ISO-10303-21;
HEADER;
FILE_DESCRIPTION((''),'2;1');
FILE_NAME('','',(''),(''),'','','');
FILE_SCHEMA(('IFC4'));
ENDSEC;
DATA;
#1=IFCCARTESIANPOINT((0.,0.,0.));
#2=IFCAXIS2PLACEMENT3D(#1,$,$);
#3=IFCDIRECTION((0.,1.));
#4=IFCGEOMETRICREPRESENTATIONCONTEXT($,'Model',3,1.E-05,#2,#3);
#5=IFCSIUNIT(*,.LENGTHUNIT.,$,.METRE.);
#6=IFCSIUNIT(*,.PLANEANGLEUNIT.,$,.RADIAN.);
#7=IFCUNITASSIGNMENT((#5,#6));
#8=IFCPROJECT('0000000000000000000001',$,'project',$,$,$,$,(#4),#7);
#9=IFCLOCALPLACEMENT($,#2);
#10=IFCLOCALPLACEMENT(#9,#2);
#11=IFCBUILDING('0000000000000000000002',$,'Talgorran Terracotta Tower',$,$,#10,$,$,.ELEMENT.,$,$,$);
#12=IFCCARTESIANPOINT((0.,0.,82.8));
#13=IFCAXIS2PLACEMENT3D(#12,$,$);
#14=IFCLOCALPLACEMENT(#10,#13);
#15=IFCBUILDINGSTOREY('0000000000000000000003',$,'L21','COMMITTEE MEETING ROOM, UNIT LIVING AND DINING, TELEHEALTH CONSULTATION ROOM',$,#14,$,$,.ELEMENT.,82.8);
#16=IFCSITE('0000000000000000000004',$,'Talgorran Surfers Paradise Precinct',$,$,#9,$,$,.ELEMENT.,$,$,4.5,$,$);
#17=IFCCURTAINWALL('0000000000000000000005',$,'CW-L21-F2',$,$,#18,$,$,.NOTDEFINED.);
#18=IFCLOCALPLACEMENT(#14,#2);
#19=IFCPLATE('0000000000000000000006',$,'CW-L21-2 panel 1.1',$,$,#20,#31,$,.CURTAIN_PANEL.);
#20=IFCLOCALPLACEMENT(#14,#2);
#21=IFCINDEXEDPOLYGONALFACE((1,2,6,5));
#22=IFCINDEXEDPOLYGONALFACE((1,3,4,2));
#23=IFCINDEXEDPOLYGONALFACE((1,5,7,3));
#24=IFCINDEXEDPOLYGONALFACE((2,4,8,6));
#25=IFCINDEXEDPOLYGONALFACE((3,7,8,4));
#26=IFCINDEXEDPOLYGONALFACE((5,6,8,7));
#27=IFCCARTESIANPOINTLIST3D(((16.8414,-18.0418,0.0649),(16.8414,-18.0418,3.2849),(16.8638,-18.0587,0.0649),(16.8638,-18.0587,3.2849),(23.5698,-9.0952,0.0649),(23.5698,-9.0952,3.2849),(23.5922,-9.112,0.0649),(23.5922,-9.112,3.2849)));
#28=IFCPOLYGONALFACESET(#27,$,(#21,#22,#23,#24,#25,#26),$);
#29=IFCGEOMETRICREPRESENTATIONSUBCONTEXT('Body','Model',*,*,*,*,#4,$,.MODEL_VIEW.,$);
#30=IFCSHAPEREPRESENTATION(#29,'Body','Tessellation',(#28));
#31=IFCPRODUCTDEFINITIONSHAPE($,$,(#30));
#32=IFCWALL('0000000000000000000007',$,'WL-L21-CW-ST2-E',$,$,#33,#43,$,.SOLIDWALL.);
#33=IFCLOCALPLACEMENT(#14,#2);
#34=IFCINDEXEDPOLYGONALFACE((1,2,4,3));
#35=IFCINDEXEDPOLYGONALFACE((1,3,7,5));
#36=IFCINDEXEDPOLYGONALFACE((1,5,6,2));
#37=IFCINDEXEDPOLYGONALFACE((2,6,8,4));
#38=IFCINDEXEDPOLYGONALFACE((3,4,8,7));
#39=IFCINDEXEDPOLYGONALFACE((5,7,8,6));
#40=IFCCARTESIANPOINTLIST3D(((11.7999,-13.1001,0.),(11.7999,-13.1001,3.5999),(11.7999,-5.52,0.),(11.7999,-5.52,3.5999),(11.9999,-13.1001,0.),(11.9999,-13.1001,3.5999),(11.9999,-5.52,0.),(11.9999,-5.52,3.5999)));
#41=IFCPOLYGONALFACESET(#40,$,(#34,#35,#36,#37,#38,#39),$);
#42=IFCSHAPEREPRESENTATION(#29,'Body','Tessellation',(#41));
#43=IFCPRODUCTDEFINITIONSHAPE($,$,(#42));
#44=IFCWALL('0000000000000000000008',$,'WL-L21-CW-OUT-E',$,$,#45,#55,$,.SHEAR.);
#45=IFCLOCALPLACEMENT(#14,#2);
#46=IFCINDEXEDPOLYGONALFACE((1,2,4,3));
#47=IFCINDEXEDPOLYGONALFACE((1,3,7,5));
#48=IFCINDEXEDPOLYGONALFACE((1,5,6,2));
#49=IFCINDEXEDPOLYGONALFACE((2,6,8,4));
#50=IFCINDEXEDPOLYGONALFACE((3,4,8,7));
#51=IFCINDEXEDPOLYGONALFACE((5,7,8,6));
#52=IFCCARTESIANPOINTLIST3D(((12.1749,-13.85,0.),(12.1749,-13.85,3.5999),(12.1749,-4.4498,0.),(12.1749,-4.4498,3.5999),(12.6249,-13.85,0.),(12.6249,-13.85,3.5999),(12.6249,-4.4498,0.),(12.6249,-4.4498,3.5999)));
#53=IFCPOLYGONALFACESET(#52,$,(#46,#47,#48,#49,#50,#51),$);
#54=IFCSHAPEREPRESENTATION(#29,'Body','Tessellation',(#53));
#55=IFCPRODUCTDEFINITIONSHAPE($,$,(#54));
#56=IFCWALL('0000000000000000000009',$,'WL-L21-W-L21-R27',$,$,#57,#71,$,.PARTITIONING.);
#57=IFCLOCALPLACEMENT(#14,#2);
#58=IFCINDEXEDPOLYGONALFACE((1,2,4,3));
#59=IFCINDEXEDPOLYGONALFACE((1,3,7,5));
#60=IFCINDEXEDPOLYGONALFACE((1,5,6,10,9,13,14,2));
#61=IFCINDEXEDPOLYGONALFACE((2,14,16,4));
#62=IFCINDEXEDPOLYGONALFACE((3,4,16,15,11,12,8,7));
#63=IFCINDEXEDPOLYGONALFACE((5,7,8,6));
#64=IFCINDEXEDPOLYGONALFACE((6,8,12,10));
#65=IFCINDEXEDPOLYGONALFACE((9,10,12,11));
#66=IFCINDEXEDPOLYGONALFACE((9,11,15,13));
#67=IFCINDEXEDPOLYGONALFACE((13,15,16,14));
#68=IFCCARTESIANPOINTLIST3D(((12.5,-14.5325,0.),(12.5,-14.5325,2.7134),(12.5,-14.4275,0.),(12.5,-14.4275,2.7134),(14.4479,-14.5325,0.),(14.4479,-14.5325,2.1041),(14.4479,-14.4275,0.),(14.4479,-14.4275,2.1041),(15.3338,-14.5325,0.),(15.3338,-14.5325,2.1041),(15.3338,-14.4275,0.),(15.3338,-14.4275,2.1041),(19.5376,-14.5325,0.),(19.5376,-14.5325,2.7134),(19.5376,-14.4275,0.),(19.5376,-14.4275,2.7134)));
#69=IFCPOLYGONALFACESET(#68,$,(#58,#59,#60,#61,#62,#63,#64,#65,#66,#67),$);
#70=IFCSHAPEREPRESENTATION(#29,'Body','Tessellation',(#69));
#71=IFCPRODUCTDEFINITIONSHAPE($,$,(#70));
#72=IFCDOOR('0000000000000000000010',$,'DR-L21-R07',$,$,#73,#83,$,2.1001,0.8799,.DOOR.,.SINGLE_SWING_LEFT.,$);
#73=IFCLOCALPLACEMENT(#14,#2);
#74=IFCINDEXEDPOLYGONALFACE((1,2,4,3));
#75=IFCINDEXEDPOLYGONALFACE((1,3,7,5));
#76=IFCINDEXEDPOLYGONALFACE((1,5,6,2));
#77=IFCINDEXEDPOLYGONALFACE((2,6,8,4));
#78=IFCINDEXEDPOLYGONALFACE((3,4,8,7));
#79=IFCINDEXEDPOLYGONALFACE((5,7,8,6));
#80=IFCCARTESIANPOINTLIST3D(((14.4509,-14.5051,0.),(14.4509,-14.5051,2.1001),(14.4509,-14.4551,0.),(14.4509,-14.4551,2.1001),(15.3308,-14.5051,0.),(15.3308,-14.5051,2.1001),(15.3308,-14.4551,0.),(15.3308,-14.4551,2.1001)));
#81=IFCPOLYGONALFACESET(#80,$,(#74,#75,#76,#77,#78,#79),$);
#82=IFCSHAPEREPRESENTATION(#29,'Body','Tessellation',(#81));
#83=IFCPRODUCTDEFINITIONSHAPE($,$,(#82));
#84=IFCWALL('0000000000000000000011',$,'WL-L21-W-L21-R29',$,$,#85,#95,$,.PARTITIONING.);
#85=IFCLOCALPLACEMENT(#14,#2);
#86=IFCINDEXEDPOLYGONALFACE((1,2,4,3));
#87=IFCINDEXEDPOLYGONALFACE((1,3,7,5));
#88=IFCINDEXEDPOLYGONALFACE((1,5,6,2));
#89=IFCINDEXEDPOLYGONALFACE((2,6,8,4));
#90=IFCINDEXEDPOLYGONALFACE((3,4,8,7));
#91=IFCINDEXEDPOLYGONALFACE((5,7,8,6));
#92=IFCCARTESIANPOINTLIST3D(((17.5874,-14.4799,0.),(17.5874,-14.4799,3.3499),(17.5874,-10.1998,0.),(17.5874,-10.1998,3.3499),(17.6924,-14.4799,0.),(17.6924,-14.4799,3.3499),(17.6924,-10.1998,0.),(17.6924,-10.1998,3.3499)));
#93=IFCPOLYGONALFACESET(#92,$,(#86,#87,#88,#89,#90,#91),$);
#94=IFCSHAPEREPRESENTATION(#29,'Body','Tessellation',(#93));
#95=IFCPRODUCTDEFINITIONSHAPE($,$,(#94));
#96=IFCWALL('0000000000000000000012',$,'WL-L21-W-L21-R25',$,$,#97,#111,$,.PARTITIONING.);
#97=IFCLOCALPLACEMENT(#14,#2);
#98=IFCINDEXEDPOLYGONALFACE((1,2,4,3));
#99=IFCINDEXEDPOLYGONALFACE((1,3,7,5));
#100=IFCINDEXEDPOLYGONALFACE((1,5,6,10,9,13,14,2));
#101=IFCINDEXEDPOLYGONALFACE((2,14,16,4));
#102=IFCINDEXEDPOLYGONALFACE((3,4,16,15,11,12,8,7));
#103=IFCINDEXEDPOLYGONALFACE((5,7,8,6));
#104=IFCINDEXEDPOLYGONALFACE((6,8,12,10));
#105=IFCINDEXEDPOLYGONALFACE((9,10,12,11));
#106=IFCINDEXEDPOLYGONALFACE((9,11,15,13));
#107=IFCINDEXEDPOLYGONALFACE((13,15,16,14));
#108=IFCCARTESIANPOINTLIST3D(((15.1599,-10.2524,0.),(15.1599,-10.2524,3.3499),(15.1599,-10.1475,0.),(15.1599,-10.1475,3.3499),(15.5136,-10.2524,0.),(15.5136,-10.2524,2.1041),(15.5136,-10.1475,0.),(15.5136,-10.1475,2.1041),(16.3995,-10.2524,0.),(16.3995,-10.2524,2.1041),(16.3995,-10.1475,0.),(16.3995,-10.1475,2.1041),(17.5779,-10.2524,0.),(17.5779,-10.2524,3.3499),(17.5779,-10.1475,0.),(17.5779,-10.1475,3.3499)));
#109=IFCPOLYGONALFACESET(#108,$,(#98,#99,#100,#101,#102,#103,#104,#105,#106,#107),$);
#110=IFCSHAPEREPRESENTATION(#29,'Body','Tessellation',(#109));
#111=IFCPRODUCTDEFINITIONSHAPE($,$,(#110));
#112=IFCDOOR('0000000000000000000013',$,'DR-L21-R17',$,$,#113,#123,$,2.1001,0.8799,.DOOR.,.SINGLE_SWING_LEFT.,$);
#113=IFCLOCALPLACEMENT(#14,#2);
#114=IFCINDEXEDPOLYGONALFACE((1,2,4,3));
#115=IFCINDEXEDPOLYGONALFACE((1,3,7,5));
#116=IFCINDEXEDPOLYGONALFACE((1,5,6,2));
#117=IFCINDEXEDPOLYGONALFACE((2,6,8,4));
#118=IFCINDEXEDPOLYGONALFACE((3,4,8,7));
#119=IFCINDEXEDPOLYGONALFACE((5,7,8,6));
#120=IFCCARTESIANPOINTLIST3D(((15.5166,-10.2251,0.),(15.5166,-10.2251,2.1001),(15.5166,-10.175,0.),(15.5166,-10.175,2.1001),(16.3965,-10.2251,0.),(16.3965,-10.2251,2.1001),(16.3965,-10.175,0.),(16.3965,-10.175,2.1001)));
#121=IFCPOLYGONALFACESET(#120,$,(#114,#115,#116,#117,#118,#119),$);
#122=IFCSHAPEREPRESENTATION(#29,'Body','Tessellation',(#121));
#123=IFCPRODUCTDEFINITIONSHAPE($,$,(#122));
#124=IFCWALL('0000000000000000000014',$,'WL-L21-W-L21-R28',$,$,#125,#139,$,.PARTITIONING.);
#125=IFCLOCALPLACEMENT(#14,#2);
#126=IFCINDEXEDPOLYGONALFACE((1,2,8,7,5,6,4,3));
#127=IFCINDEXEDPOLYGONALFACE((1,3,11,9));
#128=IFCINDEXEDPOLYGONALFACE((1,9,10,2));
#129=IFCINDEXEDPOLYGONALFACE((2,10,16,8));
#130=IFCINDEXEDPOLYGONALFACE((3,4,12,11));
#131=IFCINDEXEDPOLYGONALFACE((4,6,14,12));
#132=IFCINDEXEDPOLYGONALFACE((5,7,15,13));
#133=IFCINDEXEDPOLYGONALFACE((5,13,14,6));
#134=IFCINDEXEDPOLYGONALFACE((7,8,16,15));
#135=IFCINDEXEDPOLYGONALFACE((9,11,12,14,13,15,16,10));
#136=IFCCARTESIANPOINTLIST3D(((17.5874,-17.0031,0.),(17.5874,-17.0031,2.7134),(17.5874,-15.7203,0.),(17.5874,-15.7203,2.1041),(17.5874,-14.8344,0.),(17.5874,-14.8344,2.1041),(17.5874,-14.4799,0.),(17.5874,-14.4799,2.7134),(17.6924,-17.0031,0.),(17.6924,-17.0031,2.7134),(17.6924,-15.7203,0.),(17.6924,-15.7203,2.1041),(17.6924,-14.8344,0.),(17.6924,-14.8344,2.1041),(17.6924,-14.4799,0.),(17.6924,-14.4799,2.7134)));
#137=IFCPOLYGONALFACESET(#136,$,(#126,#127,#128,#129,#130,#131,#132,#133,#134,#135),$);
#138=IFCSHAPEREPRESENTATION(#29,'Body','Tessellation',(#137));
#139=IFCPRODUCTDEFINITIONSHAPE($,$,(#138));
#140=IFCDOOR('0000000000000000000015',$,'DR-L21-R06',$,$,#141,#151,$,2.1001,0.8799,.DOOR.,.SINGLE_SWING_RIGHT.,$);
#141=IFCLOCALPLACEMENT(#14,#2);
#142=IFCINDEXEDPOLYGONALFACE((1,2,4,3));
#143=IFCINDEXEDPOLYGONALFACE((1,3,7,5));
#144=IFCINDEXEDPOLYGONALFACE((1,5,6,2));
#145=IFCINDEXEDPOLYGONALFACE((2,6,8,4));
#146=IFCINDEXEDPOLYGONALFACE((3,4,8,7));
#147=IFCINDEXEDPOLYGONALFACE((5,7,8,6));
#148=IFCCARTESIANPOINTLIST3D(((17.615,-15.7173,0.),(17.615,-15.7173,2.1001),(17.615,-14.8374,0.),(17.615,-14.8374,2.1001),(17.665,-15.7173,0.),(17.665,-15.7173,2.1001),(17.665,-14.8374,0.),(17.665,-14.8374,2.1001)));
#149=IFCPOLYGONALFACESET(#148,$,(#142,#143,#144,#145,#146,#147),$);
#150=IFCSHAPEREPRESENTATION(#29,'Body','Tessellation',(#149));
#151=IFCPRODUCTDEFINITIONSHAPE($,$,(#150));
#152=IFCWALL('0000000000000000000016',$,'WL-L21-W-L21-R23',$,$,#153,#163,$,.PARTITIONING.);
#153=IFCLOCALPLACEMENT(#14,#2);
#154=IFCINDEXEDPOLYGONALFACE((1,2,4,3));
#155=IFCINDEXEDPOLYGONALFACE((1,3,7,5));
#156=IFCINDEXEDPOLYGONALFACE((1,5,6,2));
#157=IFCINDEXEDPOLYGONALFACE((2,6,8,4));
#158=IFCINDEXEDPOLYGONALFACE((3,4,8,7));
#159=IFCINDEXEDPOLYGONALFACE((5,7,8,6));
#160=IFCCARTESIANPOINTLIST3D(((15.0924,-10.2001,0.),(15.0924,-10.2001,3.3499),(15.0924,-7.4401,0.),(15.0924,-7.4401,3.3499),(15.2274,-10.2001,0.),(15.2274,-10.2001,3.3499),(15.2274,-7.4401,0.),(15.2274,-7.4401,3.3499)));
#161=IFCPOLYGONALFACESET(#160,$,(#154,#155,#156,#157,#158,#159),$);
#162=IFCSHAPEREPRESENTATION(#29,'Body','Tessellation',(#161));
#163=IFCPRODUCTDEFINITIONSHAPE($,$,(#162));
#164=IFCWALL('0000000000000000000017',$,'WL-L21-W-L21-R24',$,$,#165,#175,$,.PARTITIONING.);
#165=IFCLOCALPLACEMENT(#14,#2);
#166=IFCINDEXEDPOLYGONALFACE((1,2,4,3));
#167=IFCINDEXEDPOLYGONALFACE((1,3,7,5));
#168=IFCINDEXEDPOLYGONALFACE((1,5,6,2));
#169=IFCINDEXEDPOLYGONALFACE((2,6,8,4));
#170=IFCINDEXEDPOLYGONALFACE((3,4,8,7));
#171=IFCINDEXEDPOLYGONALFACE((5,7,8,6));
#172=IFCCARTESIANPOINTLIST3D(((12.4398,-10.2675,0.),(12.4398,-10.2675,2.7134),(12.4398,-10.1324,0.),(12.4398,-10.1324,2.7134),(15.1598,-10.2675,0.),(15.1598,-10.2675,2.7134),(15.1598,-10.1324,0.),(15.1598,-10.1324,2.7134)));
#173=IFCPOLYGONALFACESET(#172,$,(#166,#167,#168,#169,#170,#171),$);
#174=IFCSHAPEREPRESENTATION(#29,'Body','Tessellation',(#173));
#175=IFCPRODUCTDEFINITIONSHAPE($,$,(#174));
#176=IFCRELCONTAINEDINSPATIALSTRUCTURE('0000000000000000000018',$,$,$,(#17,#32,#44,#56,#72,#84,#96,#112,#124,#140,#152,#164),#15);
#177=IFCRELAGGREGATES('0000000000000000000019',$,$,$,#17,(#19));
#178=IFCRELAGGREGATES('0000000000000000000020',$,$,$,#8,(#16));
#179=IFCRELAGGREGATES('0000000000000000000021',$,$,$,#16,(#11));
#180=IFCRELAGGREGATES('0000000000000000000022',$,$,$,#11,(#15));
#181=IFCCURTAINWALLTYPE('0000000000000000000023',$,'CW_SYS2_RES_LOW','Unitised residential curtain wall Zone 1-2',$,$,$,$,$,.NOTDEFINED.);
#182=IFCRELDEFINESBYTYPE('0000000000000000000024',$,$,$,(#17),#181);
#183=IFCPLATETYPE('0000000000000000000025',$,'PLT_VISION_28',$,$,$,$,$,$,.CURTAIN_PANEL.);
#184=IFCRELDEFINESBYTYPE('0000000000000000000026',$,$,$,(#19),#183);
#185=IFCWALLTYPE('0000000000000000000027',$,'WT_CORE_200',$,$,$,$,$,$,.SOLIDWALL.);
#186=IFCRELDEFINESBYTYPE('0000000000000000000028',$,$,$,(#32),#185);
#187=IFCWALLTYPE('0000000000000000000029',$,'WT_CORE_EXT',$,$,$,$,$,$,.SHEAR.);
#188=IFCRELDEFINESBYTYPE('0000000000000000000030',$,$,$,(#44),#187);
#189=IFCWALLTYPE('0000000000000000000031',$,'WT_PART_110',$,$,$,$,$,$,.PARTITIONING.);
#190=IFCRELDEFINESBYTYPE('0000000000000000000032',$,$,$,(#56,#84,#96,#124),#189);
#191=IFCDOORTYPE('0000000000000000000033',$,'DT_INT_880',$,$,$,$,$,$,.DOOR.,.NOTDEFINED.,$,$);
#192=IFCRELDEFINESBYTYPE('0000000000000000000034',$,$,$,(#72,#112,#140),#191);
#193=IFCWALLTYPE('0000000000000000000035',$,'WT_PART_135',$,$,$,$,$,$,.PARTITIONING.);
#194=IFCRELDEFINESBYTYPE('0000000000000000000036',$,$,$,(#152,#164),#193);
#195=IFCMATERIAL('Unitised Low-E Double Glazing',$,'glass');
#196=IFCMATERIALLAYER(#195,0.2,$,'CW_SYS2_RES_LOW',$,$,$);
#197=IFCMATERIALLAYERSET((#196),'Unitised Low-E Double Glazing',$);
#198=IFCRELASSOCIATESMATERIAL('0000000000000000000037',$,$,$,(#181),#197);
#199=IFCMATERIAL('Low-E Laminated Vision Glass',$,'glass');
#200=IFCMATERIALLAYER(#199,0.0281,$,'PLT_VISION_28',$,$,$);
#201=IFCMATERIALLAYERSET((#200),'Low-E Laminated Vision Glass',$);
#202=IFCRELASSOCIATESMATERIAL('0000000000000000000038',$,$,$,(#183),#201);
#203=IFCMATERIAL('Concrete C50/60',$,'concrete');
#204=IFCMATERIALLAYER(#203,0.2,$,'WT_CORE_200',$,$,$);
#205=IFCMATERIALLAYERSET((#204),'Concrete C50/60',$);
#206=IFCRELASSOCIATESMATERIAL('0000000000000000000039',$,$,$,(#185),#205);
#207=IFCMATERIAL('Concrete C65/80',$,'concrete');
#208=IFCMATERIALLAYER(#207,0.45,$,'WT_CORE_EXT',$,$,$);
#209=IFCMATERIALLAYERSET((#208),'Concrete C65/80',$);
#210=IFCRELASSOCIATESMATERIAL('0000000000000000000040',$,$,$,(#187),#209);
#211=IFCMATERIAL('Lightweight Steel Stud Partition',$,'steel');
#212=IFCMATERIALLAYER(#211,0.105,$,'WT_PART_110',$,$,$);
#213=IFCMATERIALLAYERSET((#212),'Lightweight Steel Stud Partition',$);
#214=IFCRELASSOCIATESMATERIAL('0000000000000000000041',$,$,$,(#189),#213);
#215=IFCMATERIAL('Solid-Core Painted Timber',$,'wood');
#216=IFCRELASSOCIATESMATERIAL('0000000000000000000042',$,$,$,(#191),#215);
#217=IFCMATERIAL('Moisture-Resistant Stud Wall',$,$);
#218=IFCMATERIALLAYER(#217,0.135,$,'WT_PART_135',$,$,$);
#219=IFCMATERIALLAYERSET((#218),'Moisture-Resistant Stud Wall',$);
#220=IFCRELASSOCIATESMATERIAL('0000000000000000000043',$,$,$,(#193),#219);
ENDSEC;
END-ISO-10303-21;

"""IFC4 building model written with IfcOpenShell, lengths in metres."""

from ifc_helpers import new_model, si_unit, direction, frame, frame_2d, origin, origin_2d, place, context, subcontext, project, spatial, rectangle, extrude, source, transform, mapped, material, layer, layer_set, type_object, element, fill, aggregate, save


model = new_model("IFC4")

# Units and contexts
model_context = context("Model", 3, precision=1e-05, world=origin(), true_north=direction((0.0, 1.0)))
body_context = subcontext(model_context, "Body", "Model", "MODEL_VIEW")
ifc_project = project(units=[si_unit("LENGTHUNIT", "METRE"), si_unit("PLANEANGLEUNIT", "RADIAN")], contexts=[model_context])

# Site, building, storey
site_placement = place(None, origin())
site = spatial("IfcSite", under=ifc_project, at=site_placement, Name="Talgorran Surfers Paradise Precinct", CompositionType="ELEMENT", RefElevation=4.5)
building_placement = place(site_placement, origin())
building = spatial("IfcBuilding", under=site, at=building_placement, Name="Talgorran Terracotta Tower", CompositionType="ELEMENT")
storey_placement = place(building_placement, frame((0.0, 0.0, 82.8)))
storey = spatial("IfcBuildingStorey", under=building, at=storey_placement, Name="L21", Description="COMMITTEE MEETING ROOM, UNIT LIVING AND DINING, TELEHEALTH CONSULTATION ROOM", CompositionType="ELEMENT", Elevation=82.8)

# Shared definitions
ifc_material_1 = material(Name="Unitised Low-E Double Glazing", Category="glass")
ifc_layer_1 = layer(ifc_material_1, 0.2, Name="CW_SYS2_RES_LOW")
ifc_layer_set_1 = layer_set([ifc_layer_1], Name="Unitised Low-E Double Glazing")
curtain_wall_type = type_object("IfcCurtainWallType", Name="CW_SYS2_RES_LOW", Description="Unitised residential curtain wall Zone 1-2", PredefinedType="NOTDEFINED", material=ifc_layer_set_1)

# Curtain wall
curtain_wall_1_placement = place(storey_placement, origin())
curtain_wall_1 = element("IfcCurtainWall", 1, at=curtain_wall_1_placement, inside=storey, type_object=curtain_wall_type, Name="CW-L21-F2", PredefinedType="NOTDEFINED")

# Plate
ifc_material_2 = material(Name="Low-E Laminated Vision Glass", Category="glass")
ifc_layer_2 = layer(ifc_material_2, 0.0281, Name="PLT_VISION_28")
ifc_layer_set_2 = layer_set([ifc_layer_2], Name="Low-E Laminated Vision Glass")
plate_type = type_object("IfcPlateType", Name="PLT_VISION_28", PredefinedType="CURTAIN_PANEL", material=ifc_layer_set_2)
shared_shape_1 = source(origin(), body_context, "Body", "SweptSolid", [
    extrude(rectangle(XDim=11.1943, YDim=0.0281, at=origin_2d()), origin(), (0.0, 0.0, 1.0), 3.22),
])
plate_1_placement = place(storey_placement, frame((20.2168, -13.5769, 0.0649), z_axis=(0.0, 0.0, 1.0), x_axis=(0.601052, 0.79921, 0.0)))
plate_1 = element("IfcPlate", 2, at=plate_1_placement, type_object=plate_type, Name="CW-L21-2 panel 1.1", PredefinedType="CURTAIN_PANEL", context=body_context, shape_type="MappedRepresentation", body=[
    mapped(shared_shape_1, transform((0.0, 0.0, 0.0), scale=1.0)),
])
aggregate(curtain_wall_1, [plate_1])

# Walls
ifc_material_3 = material(Name="Concrete C50/60", Category="concrete")
ifc_layer_3 = layer(ifc_material_3, 0.2, Name="WT_CORE_200")
ifc_layer_set_3 = layer_set([ifc_layer_3], Name="Concrete C50/60")
wall_type_1 = type_object("IfcWallType", Name="WT_CORE_200", PredefinedType="SOLIDWALL", material=ifc_layer_set_3)
wall_1_placement = place(storey_placement, frame((11.8999, -13.1001, 0.0), z_axis=(0.0, 0.0, 1.0), x_axis=(0.0, 1.0, 0.0)))
element("IfcWall", 3, at=wall_1_placement, inside=storey, type_object=wall_type_1, Name="WL-L21-CW-ST2-E", PredefinedType="SOLIDWALL", context=body_context, shape_type="SweptSolid", body=[
    extrude(rectangle(XDim=7.5801, YDim=0.2, at=frame_2d((3.79, 0.0))), origin(), (0.0, 0.0, 1.0), 3.5999),
])
ifc_material_4 = material(Name="Concrete C65/80", Category="concrete")
ifc_layer_4 = layer(ifc_material_4, 0.45, Name="WT_CORE_EXT")
ifc_layer_set_4 = layer_set([ifc_layer_4], Name="Concrete C65/80")
wall_type_2 = type_object("IfcWallType", Name="WT_CORE_EXT", PredefinedType="SHEAR", material=ifc_layer_set_4)
wall_2_placement = place(storey_placement, frame((12.3999, -13.8501, 0.0), z_axis=(0.0, 0.0, 1.0), x_axis=(0.0, 1.0, 0.0)))
element("IfcWall", 4, at=wall_2_placement, inside=storey, type_object=wall_type_2, Name="WL-L21-CW-OUT-E", PredefinedType="SHEAR", context=body_context, shape_type="SweptSolid", body=[
    extrude(rectangle(XDim=9.4001, YDim=0.45, at=frame_2d((4.7002, 0.0))), origin(), (0.0, 0.0, 1.0), 3.5999),
])

# Wall, opening, door
ifc_material_5 = material(Name="Lightweight Steel Stud Partition", Category="steel")
ifc_layer_5 = layer(ifc_material_5, 0.105, Name="WT_PART_110")
ifc_layer_set_5 = layer_set([ifc_layer_5], Name="Lightweight Steel Stud Partition")
wall_type_3 = type_object("IfcWallType", Name="WT_PART_110", PredefinedType="PARTITIONING", material=ifc_layer_set_5)
wall_3_placement = place(storey_placement, frame((12.5, -14.48, 0.0), z_axis=(0.0, 0.0, 1.0), x_axis=(1.0, 0.0, 0.0)))
wall_3 = element("IfcWall", 5, at=wall_3_placement, inside=storey, type_object=wall_type_3, Name="WL-L21-W-L21-R27", PredefinedType="PARTITIONING", context=body_context, shape_type="SweptSolid", body=[
    extrude(rectangle(XDim=7.0376, YDim=0.105, at=frame_2d((3.5188, 0.0))), origin(), (0.0, 0.0, 1.0), 2.7134),
])
opening_1_placement = place(wall_3_placement, frame((1.9509, 0.0, 0.0)))
opening_1 = element("IfcOpeningElement", 6, at=opening_1_placement, cuts=wall_3, PredefinedType="OPENING", context=body_context, shape_type="SweptSolid", body=[
    extrude(rectangle(XDim=0.8859, YDim=2.1041, at=frame_2d((0.4399, 1.052))), frame((0.0, 0.0625, 0.0), z_axis=(0.0, -1.0, 0.0), x_axis=(1.0, 0.0, 0.0)), (0.0, 0.0, 1.0), 0.125),
])
ifc_material_6 = material(Name="Solid-Core Painted Timber", Category="wood")
door_type = type_object("IfcDoorType", Name="DT_INT_880", OperationType="NOTDEFINED", PredefinedType="DOOR", material=ifc_material_6)
door_1_placement = place(opening_1_placement, origin())
door_1 = element("IfcDoor", 7, at=door_1_placement, inside=storey, type_object=door_type, Name="DR-L21-R07", OperationType="SINGLE_SWING_LEFT", OverallHeight=2.1001, OverallWidth=0.8799, PredefinedType="DOOR", context=body_context, shape_type="SweptSolid", body=[
    extrude(rectangle(XDim=0.8799, YDim=2.1001, at=frame_2d((0.4399, 1.05))), frame((0.0, 0.0249, 0.0), z_axis=(0.0, -1.0, 0.0), x_axis=(1.0, 0.0, 0.0)), (0.0, 0.0, 1.0), 0.05),
])
fill(opening_1, door_1)

# Wall
wall_4_placement = place(storey_placement, frame((17.6399, -14.48, 0.0), z_axis=(0.0, 0.0, 1.0), x_axis=(0.0, 1.0, 0.0)))
element("IfcWall", 8, at=wall_4_placement, inside=storey, type_object=wall_type_3, Name="WL-L21-W-L21-R29", PredefinedType="PARTITIONING", context=body_context, shape_type="SweptSolid", body=[
    extrude(rectangle(XDim=4.28, YDim=0.105, at=frame_2d((2.1401, 0.0))), origin(), (0.0, 0.0, 1.0), 3.3499),
])

# Walls, openings, doors
wall_5_placement = place(storey_placement, frame((15.1599, -10.2, 0.0), z_axis=(0.0, 0.0, 1.0), x_axis=(1.0, 0.0, 0.0)))
wall_5 = element("IfcWall", 9, at=wall_5_placement, inside=storey, type_object=wall_type_3, Name="WL-L21-W-L21-R25", PredefinedType="PARTITIONING", context=body_context, shape_type="SweptSolid", body=[
    extrude(rectangle(XDim=2.418, YDim=0.105, at=frame_2d((1.209, 0.0))), origin(), (0.0, 0.0, 1.0), 3.3499),
])
opening_2_placement = place(wall_5_placement, frame((0.3567, 0.0, 0.0)))
opening_2 = element("IfcOpeningElement", 10, at=opening_2_placement, cuts=wall_5, PredefinedType="OPENING", context=body_context, shape_type="SweptSolid", body=[
    extrude(rectangle(XDim=0.8859, YDim=2.1041, at=frame_2d((0.4399, 1.052))), frame((0.0, 0.0625, 0.0), z_axis=(0.0, -1.0, 0.0), x_axis=(1.0, 0.0, 0.0)), (0.0, 0.0, 1.0), 0.125),
])
door_2_placement = place(opening_2_placement, origin())
door_2 = element("IfcDoor", 11, at=door_2_placement, inside=storey, type_object=door_type, Name="DR-L21-R17", OperationType="SINGLE_SWING_LEFT", OverallHeight=2.1001, OverallWidth=0.8799, PredefinedType="DOOR", context=body_context, shape_type="SweptSolid", body=[
    extrude(rectangle(XDim=0.8799, YDim=2.1001, at=frame_2d((0.4399, 1.05))), frame((0.0, 0.0249, 0.0), z_axis=(0.0, -1.0, 0.0), x_axis=(1.0, 0.0, 0.0)), (0.0, 0.0, 1.0), 0.05),
])
fill(opening_2, door_2)
wall_6_placement = place(storey_placement, frame((17.6399, -17.0032, 0.0), z_axis=(0.0, 0.0, 1.0), x_axis=(0.0, 1.0, 0.0)))
wall_6 = element("IfcWall", 12, at=wall_6_placement, inside=storey, type_object=wall_type_3, Name="WL-L21-W-L21-R28", PredefinedType="PARTITIONING", context=body_context, shape_type="SweptSolid", body=[
    extrude(rectangle(XDim=2.5232, YDim=0.105, at=frame_2d((1.2617, 0.0))), origin(), (0.0, 0.0, 1.0), 2.7134),
])
opening_3_placement = place(wall_6_placement, frame((1.2859, 0.0, 0.0)))
opening_3 = element("IfcOpeningElement", 13, at=opening_3_placement, cuts=wall_6, PredefinedType="OPENING", context=body_context, shape_type="SweptSolid", body=[
    extrude(rectangle(XDim=0.8859, YDim=2.1041, at=frame_2d((0.4399, 1.052))), frame((0.0, 0.0625, 0.0), z_axis=(0.0, -1.0, 0.0), x_axis=(1.0, 0.0, 0.0)), (0.0, 0.0, 1.0), 0.125),
])
door_3_placement = place(opening_3_placement, origin())
door_3 = element("IfcDoor", 14, at=door_3_placement, inside=storey, type_object=door_type, Name="DR-L21-R06", OperationType="SINGLE_SWING_RIGHT", OverallHeight=2.1001, OverallWidth=0.8799, PredefinedType="DOOR", context=body_context, shape_type="SweptSolid", body=[
    extrude(rectangle(XDim=0.8799, YDim=2.1001, at=frame_2d((0.4399, 1.05))), frame((0.0, 0.0249, 0.0), z_axis=(0.0, -1.0, 0.0), x_axis=(1.0, 0.0, 0.0)), (0.0, 0.0, 1.0), 0.05),
])
fill(opening_3, door_3)

# Walls
ifc_material_7 = material(Name="Moisture-Resistant Stud Wall")
ifc_layer_6 = layer(ifc_material_7, 0.135, Name="WT_PART_135")
ifc_layer_set_6 = layer_set([ifc_layer_6], Name="Moisture-Resistant Stud Wall")
wall_type_4 = type_object("IfcWallType", Name="WT_PART_135", PredefinedType="PARTITIONING", material=ifc_layer_set_6)
wall_7_placement = place(storey_placement, frame((15.1599, -10.2, 0.0), z_axis=(0.0, 0.0, 1.0), x_axis=(0.0, 1.0, 0.0)))
element("IfcWall", 15, at=wall_7_placement, inside=storey, type_object=wall_type_4, Name="WL-L21-W-L21-R23", PredefinedType="PARTITIONING", context=body_context, shape_type="SweptSolid", body=[
    extrude(rectangle(XDim=2.76, YDim=0.135, at=frame_2d((1.3799, 0.0))), origin(), (0.0, 0.0, 1.0), 3.3499),
])
wall_8_placement = place(storey_placement, frame((12.4399, -10.2, 0.0), z_axis=(0.0, 0.0, 1.0), x_axis=(1.0, 0.0, 0.0)))
element("IfcWall", 16, at=wall_8_placement, inside=storey, type_object=wall_type_4, Name="WL-L21-W-L21-R24", PredefinedType="PARTITIONING", context=body_context, shape_type="SweptSolid", body=[
    extrude(rectangle(XDim=2.72, YDim=0.135, at=frame_2d((1.3599, 0.0))), origin(), (0.0, 0.0, 1.0), 2.7134),
])

save(model, "model.ifc")
